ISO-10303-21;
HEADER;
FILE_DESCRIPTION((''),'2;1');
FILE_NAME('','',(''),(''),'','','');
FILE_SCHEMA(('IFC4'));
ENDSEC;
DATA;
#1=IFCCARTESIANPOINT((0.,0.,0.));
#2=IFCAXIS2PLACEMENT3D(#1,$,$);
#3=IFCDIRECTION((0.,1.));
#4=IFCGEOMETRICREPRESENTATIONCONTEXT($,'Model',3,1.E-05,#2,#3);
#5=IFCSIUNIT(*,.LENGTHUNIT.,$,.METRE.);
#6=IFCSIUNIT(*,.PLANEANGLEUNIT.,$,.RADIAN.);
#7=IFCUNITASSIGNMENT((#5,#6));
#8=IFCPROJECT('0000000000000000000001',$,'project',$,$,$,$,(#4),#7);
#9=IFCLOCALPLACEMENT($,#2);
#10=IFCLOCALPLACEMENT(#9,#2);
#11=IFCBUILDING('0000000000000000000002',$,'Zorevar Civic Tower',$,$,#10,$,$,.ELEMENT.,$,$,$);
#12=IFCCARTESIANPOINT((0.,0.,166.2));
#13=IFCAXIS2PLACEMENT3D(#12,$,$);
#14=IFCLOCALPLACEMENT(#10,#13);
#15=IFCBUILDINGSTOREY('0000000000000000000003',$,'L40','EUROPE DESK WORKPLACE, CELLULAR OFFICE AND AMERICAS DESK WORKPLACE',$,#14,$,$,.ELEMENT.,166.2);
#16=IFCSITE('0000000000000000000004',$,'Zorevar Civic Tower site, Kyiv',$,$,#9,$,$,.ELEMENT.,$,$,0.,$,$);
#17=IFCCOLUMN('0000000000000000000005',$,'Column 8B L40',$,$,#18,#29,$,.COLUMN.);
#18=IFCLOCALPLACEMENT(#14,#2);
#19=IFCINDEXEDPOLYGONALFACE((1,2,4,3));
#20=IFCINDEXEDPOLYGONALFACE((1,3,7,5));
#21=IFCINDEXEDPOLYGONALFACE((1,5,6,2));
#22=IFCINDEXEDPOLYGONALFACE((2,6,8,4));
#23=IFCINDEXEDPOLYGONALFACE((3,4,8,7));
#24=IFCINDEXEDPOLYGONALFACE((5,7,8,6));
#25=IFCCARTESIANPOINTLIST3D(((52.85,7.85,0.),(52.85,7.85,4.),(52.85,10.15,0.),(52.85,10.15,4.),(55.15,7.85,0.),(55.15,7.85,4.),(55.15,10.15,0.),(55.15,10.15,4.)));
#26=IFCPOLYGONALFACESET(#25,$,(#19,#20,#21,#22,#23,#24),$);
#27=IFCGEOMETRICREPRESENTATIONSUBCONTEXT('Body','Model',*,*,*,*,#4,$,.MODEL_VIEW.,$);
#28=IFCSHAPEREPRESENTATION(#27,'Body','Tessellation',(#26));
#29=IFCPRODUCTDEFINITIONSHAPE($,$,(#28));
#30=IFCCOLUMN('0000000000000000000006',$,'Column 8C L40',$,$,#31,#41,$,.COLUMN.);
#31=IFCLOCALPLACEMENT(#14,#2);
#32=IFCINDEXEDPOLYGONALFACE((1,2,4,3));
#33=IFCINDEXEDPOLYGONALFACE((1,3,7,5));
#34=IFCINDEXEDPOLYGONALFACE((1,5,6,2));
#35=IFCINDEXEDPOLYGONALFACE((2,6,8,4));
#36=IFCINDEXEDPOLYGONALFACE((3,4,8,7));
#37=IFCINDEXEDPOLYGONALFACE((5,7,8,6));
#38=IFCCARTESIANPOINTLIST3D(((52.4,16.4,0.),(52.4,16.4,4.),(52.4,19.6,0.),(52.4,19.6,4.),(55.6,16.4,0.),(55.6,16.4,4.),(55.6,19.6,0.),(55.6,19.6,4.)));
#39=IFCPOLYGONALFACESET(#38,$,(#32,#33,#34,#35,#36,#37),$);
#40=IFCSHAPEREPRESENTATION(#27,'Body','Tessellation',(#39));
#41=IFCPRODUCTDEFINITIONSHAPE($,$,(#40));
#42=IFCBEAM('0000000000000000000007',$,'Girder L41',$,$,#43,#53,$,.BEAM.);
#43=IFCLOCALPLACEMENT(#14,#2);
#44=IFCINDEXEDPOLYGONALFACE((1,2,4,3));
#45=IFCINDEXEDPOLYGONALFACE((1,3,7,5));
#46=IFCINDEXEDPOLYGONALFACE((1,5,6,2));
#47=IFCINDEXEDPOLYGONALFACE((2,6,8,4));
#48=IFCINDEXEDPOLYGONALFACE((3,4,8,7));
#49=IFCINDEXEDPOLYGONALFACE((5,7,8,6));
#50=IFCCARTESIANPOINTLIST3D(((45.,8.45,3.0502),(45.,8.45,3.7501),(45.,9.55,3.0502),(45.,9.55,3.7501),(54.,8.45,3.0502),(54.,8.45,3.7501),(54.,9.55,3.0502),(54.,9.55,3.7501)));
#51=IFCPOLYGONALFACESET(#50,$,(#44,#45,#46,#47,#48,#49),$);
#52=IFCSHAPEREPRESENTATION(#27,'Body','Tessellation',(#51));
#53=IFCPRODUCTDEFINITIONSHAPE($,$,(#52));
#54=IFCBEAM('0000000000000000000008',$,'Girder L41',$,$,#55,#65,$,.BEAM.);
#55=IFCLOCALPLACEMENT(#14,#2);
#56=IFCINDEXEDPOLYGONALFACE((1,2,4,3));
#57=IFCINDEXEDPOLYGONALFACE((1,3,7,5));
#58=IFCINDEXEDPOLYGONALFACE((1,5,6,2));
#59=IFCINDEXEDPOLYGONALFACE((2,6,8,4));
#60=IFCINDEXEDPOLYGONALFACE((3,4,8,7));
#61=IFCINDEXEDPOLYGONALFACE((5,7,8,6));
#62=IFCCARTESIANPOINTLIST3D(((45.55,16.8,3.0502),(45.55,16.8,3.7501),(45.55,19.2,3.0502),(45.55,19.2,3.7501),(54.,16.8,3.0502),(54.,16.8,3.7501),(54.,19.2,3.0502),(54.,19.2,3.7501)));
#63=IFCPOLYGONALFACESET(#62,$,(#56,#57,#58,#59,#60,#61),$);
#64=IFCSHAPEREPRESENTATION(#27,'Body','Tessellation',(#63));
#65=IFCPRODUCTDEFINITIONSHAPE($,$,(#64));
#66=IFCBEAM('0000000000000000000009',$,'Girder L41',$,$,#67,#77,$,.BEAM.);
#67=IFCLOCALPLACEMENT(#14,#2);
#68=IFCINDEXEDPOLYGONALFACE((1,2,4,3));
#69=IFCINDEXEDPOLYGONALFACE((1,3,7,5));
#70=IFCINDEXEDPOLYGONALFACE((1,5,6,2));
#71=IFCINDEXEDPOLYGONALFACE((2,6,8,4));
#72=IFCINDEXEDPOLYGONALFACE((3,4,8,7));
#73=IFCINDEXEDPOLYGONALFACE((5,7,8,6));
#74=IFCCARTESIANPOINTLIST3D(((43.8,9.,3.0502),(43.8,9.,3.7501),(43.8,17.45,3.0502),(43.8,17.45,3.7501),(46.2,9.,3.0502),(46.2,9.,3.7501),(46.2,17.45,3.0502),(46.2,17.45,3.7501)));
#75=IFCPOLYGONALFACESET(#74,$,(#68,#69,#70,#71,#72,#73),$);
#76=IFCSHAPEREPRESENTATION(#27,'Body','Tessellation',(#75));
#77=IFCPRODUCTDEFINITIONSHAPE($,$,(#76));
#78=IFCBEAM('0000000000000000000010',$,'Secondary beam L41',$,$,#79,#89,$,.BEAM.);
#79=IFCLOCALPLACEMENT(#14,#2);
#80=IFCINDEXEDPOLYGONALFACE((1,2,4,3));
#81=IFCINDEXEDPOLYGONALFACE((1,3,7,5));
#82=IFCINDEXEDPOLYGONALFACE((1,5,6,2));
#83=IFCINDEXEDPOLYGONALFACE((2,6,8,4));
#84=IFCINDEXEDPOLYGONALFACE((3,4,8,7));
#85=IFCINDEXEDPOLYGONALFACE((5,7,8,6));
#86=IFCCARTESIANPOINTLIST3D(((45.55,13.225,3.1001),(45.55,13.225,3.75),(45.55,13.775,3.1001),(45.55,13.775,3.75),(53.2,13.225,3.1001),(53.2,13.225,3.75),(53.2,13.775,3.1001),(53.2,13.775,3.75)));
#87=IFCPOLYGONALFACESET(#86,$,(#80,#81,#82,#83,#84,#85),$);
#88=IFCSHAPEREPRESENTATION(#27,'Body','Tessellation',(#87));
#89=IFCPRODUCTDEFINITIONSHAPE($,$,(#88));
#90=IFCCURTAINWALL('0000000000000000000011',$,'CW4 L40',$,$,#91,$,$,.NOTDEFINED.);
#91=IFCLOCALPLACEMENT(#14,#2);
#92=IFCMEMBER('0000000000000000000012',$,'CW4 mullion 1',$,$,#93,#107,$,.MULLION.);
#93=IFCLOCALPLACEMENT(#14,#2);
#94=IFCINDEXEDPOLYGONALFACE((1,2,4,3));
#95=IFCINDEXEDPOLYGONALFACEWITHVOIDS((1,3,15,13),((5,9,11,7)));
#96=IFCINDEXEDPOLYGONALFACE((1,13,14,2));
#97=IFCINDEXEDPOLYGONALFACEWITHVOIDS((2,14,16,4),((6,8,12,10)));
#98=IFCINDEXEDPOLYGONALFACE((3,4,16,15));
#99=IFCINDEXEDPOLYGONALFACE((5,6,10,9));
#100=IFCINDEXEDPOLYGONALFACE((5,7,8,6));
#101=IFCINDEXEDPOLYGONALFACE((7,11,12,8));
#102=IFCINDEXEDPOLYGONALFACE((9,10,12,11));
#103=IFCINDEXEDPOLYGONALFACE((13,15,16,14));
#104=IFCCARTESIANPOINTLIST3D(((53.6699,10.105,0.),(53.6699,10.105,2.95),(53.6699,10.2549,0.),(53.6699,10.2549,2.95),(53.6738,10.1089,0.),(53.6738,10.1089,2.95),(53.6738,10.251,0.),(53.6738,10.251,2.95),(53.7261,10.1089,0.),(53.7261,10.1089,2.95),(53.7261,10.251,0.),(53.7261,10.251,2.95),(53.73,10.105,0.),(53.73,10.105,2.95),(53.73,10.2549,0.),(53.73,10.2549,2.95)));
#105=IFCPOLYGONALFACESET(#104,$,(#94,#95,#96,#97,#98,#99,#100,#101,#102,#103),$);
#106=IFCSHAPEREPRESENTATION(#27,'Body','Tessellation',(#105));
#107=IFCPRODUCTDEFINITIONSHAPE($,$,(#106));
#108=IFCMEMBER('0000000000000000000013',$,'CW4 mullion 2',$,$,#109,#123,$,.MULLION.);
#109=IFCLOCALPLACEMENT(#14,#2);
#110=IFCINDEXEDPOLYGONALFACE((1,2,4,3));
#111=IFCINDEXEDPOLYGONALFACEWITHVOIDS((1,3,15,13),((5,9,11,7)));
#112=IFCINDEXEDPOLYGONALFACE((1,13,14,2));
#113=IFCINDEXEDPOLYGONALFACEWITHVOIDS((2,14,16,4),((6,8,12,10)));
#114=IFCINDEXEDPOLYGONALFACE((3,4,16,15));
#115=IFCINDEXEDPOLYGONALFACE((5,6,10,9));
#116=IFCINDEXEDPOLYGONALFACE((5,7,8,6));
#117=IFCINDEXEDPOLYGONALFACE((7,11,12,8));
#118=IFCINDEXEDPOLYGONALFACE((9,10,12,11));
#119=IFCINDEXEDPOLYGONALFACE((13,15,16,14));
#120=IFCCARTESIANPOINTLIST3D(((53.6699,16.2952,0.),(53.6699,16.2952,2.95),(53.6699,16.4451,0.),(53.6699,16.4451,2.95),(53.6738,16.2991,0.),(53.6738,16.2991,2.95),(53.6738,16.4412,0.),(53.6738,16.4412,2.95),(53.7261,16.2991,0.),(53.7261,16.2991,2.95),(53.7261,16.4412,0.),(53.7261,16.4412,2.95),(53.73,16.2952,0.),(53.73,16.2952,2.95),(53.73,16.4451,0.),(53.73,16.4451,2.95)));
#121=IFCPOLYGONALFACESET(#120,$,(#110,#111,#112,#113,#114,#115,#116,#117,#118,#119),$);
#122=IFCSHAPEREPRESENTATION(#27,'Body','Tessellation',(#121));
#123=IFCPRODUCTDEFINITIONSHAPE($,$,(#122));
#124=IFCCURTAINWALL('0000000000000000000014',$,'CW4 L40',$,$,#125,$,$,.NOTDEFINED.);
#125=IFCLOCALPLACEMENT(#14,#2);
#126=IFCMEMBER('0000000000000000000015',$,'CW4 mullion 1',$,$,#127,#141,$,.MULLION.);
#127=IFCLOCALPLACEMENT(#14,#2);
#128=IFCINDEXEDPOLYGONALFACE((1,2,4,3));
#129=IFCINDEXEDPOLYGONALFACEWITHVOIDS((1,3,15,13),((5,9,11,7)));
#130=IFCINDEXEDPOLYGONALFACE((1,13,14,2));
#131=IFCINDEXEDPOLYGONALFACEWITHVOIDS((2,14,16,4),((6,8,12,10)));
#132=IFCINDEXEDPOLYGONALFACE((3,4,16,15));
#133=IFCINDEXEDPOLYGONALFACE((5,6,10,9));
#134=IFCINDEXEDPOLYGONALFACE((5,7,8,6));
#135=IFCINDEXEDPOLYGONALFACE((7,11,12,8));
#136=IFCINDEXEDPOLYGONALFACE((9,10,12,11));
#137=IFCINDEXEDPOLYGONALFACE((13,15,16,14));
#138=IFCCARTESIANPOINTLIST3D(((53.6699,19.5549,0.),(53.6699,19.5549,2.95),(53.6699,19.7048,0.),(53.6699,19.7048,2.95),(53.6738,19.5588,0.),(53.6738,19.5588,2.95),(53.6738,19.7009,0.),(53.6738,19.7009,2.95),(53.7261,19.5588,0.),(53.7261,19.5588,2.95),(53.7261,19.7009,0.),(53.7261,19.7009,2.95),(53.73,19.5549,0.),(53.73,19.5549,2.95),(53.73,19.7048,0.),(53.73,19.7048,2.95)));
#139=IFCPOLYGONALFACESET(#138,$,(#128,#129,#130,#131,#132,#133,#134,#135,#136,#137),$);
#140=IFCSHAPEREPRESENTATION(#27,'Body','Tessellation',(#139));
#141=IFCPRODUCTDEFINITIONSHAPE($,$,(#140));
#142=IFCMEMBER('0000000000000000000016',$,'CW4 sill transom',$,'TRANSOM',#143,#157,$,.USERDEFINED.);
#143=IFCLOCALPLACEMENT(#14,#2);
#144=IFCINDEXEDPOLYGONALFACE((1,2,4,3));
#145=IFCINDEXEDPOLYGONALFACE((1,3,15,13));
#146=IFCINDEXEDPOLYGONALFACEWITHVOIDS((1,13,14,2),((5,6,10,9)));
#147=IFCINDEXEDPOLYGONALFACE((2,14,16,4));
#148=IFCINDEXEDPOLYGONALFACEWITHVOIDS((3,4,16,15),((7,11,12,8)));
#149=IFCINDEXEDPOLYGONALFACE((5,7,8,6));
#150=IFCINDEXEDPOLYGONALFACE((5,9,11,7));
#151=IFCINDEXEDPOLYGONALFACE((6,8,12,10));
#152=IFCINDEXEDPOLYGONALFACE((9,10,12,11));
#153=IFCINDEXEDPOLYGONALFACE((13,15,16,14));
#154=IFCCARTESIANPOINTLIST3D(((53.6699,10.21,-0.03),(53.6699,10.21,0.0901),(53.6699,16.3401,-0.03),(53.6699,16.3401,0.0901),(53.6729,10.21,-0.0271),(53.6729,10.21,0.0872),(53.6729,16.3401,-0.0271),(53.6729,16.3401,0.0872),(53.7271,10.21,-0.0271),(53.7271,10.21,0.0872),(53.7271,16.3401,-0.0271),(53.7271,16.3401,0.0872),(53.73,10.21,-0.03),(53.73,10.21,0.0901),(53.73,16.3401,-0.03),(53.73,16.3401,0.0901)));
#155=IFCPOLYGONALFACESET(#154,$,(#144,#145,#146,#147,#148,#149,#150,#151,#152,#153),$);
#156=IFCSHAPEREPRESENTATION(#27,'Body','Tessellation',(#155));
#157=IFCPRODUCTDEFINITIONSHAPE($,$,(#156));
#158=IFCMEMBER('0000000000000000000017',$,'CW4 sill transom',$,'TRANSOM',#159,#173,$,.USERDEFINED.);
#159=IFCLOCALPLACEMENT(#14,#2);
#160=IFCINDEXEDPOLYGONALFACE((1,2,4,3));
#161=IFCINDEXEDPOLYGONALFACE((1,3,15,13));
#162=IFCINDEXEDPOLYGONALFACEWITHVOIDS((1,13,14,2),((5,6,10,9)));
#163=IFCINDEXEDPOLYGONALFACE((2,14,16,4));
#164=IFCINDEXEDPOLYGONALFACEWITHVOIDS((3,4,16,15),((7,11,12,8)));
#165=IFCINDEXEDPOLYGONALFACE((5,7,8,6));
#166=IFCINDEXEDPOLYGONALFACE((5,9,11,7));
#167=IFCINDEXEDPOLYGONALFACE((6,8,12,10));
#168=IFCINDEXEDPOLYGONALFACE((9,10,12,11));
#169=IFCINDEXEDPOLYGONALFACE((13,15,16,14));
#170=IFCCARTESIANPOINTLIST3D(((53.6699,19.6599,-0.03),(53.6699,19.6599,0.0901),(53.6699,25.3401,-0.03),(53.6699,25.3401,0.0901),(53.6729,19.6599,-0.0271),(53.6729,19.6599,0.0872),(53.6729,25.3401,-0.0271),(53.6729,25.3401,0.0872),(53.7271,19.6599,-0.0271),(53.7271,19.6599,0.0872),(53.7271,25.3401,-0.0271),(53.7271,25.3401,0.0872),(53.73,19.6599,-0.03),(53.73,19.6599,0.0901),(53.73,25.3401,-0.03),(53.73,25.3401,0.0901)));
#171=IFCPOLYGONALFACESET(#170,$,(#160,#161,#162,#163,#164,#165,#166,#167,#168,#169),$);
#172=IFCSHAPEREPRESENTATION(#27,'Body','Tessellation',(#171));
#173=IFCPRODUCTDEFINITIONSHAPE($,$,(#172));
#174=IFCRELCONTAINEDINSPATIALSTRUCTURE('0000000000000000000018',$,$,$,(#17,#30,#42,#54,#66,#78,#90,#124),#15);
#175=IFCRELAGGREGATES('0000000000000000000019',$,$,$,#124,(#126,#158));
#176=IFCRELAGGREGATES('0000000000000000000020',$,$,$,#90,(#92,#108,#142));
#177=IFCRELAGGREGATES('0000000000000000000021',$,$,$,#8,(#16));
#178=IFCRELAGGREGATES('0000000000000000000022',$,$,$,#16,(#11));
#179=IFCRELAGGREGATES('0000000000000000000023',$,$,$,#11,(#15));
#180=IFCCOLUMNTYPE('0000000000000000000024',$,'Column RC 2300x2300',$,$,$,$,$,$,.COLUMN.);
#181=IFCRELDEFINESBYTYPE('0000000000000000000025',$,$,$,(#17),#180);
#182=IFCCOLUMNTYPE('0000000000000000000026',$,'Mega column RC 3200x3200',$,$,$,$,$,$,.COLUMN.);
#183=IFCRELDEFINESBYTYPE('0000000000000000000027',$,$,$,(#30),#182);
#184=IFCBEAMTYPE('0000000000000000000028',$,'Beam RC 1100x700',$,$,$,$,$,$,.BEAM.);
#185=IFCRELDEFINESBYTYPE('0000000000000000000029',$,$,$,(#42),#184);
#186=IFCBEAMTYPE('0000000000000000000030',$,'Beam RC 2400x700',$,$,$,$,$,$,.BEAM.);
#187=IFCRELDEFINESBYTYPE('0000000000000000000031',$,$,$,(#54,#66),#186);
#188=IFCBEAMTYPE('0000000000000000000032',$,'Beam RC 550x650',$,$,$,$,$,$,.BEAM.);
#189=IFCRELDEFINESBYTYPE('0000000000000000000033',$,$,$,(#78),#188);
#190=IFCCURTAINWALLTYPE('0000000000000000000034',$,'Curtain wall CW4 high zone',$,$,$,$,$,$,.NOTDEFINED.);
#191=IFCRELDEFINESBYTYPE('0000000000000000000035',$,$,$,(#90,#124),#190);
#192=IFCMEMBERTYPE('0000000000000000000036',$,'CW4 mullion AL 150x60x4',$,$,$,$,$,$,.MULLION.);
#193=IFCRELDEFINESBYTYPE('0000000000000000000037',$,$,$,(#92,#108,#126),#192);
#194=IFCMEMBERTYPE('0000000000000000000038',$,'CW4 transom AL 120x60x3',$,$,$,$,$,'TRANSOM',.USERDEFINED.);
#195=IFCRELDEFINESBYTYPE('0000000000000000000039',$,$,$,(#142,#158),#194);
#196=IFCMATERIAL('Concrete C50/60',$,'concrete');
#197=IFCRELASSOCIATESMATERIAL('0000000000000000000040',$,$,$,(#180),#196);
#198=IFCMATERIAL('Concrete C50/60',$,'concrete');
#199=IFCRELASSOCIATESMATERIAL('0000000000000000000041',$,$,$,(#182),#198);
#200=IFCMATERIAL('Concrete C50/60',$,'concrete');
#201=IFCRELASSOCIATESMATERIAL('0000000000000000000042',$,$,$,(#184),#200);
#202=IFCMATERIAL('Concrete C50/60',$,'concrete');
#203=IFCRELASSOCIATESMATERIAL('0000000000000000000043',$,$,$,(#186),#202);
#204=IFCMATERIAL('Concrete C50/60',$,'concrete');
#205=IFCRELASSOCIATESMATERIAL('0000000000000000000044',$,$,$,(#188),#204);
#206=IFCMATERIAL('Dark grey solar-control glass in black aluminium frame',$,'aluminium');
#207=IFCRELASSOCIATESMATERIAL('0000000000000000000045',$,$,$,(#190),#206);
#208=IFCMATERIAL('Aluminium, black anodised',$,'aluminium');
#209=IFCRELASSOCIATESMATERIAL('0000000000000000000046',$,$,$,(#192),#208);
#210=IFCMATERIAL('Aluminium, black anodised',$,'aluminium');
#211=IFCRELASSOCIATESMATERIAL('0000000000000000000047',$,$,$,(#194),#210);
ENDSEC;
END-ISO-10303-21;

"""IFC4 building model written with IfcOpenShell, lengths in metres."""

from ifc_helpers import new_model, si_unit, direction, frame, origin, origin_2d, place, context, subcontext, project, spatial, rectangle, hollow_rectangle, extrude, material, material_profile, profile_set, type_object, element, aggregate, save


model = new_model("IFC4")

# Units and contexts
model_context = context("Model", 3, precision=1e-05, world=origin(), true_north=direction((0.0, 1.0)))
body_context = subcontext(model_context, "Body", "Model", "MODEL_VIEW")
ifc_project = project(units=[si_unit("LENGTHUNIT", "METRE"), si_unit("PLANEANGLEUNIT", "RADIAN")], contexts=[model_context])

# Site, building, storey
site_placement = place(None, origin())
site = spatial("IfcSite", under=ifc_project, at=site_placement, Name="Zorevar Civic Tower site, Kyiv", CompositionType="ELEMENT", RefElevation=0.0)
building_placement = place(site_placement, origin())
building = spatial("IfcBuilding", under=site, at=building_placement, Name="Zorevar Civic Tower", CompositionType="ELEMENT")
storey_placement = place(building_placement, frame((0.0, 0.0, 166.2)))
storey = spatial("IfcBuildingStorey", under=building, at=storey_placement, Name="L40", Description="EUROPE DESK WORKPLACE, CELLULAR OFFICE AND AMERICAS DESK WORKPLACE", CompositionType="ELEMENT", Elevation=166.2)

# Columns
ifc_material_1 = material(Name="Concrete C50/60", Category="concrete")
ifc_material_profile_1 = material_profile(ifc_material_1, rectangle(XDim=2.3, YDim=2.3, at=origin_2d()), Name="RC 2300x2300")
ifc_profile_set_1 = profile_set([ifc_material_profile_1], Name="Concrete C50/60")
column_type_1 = type_object("IfcColumnType", Name="Column RC 2300x2300", PredefinedType="COLUMN", material=ifc_profile_set_1)
column_1_placement = place(storey_placement, frame((54.0, 9.0, 0.0), z_axis=(0.0, 0.0, 1.0), x_axis=(1.0, 0.0, 0.0)))
element("IfcColumn", 1, at=column_1_placement, inside=storey, type_object=column_type_1, Name="Column 8B L40", PredefinedType="COLUMN", context=body_context, shape_type="SweptSolid", body=[
    extrude(rectangle(XDim=2.3, YDim=2.3, at=origin_2d()), origin(), (0.0, 0.0, 1.0), 4.0),
])
ifc_material_2 = material(Name="Concrete C50/60", Category="concrete")
ifc_material_profile_2 = material_profile(ifc_material_2, rectangle(XDim=3.2, YDim=3.2, at=origin_2d()), Name="RC 3200x3200")
ifc_profile_set_2 = profile_set([ifc_material_profile_2], Name="Concrete C50/60")
column_type_2 = type_object("IfcColumnType", Name="Mega column RC 3200x3200", PredefinedType="COLUMN", material=ifc_profile_set_2)
column_2_placement = place(storey_placement, frame((54.0, 18.0, 0.0), z_axis=(0.0, 0.0, 1.0), x_axis=(1.0, 0.0, 0.0)))
element("IfcColumn", 2, at=column_2_placement, inside=storey, type_object=column_type_2, Name="Column 8C L40", PredefinedType="COLUMN", context=body_context, shape_type="SweptSolid", body=[
    extrude(rectangle(XDim=3.2, YDim=3.2, at=origin_2d()), origin(), (0.0, 0.0, 1.0), 4.0),
])

# Beams
ifc_material_3 = material(Name="Concrete C50/60", Category="concrete")
ifc_material_profile_3 = material_profile(ifc_material_3, rectangle(XDim=1.1001, YDim=0.7, at=origin_2d()), Name="RC 1100x700")
ifc_profile_set_3 = profile_set([ifc_material_profile_3], Name="Concrete C50/60")
beam_type_1 = type_object("IfcBeamType", Name="Beam RC 1100x700", PredefinedType="BEAM", material=ifc_profile_set_3)
beam_1_placement = place(storey_placement, frame((45.0, 9.0, 3.4001), z_axis=(1.0, 0.0, 0.0), x_axis=(0.0, 1.0, 0.0)))
element("IfcBeam", 3, at=beam_1_placement, inside=storey, type_object=beam_type_1, Name="Girder L41", PredefinedType="BEAM", context=body_context, shape_type="SweptSolid", body=[
    extrude(rectangle(XDim=1.1001, YDim=0.7, at=origin_2d()), origin(), (0.0, 0.0, 1.0), 9.0),
])
ifc_material_4 = material(Name="Concrete C50/60", Category="concrete")
ifc_material_profile_4 = material_profile(ifc_material_4, rectangle(XDim=2.3999, YDim=0.7, at=origin_2d()), Name="RC 2400x700")
ifc_profile_set_4 = profile_set([ifc_material_profile_4], Name="Concrete C50/60")
beam_type_2 = type_object("IfcBeamType", Name="Beam RC 2400x700", PredefinedType="BEAM", material=ifc_profile_set_4)
for number, where, z_axis, x_axis, name in (
    (4, (45.55, 18.0, 3.4001), (1.0, 0.0, 0.0), (0.0, 1.0, 0.0), "Girder L41"),
    (5, (45.0, 9.0, 3.4001), (0.0, 1.0, 0.0), (-1.0, 0.0, 0.0), "Girder L41"),
):
    element("IfcBeam", number, at=place(storey_placement, frame(where, z_axis=z_axis, x_axis=x_axis)), inside=storey, type_object=beam_type_2, Name=name, PredefinedType="BEAM", context=body_context, shape_type="SweptSolid", body=[
        extrude(rectangle(XDim=2.3999, YDim=0.7, at=origin_2d()), origin(), (0.0, 0.0, 1.0), 8.45),
    ])
ifc_material_5 = material(Name="Concrete C50/60", Category="concrete")
ifc_material_profile_5 = material_profile(ifc_material_5, rectangle(XDim=0.55, YDim=0.6499, at=origin_2d()), Name="RC 550x650")
ifc_profile_set_5 = profile_set([ifc_material_profile_5], Name="Concrete C50/60")
beam_type_3 = type_object("IfcBeamType", Name="Beam RC 550x650", PredefinedType="BEAM", material=ifc_profile_set_5)
beam_2_placement = place(storey_placement, frame((45.55, 13.5, 3.425), z_axis=(1.0, 0.0, 0.0), x_axis=(0.0, 1.0, 0.0)))
element("IfcBeam", 6, at=beam_2_placement, inside=storey, type_object=beam_type_3, Name="Secondary beam L41", PredefinedType="BEAM", context=body_context, shape_type="SweptSolid", body=[
    extrude(rectangle(XDim=0.55, YDim=0.6499, at=origin_2d()), origin(), (0.0, 0.0, 1.0), 7.6499),
])

# Curtain wall, members
ifc_material_6 = material(Name="Dark grey solar-control glass in black aluminium frame", Category="aluminium")
curtain_wall_type = type_object("IfcCurtainWallType", Name="Curtain wall CW4 high zone", PredefinedType="NOTDEFINED", material=ifc_material_6)
curtain_wall_1_placement = place(storey_placement, origin())
curtain_wall_1 = element("IfcCurtainWall", 7, at=curtain_wall_1_placement, inside=storey, type_object=curtain_wall_type, Name="CW4 L40", PredefinedType="NOTDEFINED")
ifc_material_7 = material(Name="Aluminium, black anodised", Category="aluminium")
ifc_material_profile_6 = material_profile(ifc_material_7, hollow_rectangle(XDim=0.0601, YDim=0.1499, WallThickness=0.0039, at=origin_2d()), Name="AL 150x60x4")
ifc_profile_set_6 = profile_set([ifc_material_profile_6], Name="Aluminium, black anodised")
member_type_1 = type_object("IfcMemberType", Name="CW4 mullion AL 150x60x4", PredefinedType="MULLION", material=ifc_profile_set_6)
member_1_placement = place(storey_placement, frame((53.7, 10.1799, 0.0), z_axis=(0.0, 0.0, 1.0), x_axis=(-1.0, 0.0, 0.0)))
member_1 = element("IfcMember", 8, at=member_1_placement, type_object=member_type_1, Name="CW4 mullion 1", PredefinedType="MULLION", context=body_context, shape_type="SweptSolid", body=[
    extrude(hollow_rectangle(XDim=0.0601, YDim=0.1499, WallThickness=0.0039, at=origin_2d()), origin(), (0.0, 0.0, 1.0), 2.95),
])
member_2_placement = place(storey_placement, frame((53.7, 16.3701, 0.0), z_axis=(0.0, 0.0, 1.0), x_axis=(-1.0, 0.0, 0.0)))
member_2 = element("IfcMember", 9, at=member_2_placement, type_object=member_type_1, Name="CW4 mullion 2", PredefinedType="MULLION", context=body_context, shape_type="SweptSolid", body=[
    extrude(hollow_rectangle(XDim=0.0601, YDim=0.1499, WallThickness=0.0039, at=origin_2d()), origin(), (0.0, 0.0, 1.0), 2.95),
])

# Curtain wall, member
curtain_wall_2_placement = place(storey_placement, origin())
curtain_wall_2 = element("IfcCurtainWall", 10, at=curtain_wall_2_placement, inside=storey, type_object=curtain_wall_type, Name="CW4 L40", PredefinedType="NOTDEFINED")
member_3_placement = place(storey_placement, frame((53.7, 19.6299, 0.0), z_axis=(0.0, 0.0, 1.0), x_axis=(-1.0, 0.0, 0.0)))
member_3 = element("IfcMember", 11, at=member_3_placement, type_object=member_type_1, Name="CW4 mullion 1", PredefinedType="MULLION", context=body_context, shape_type="SweptSolid", body=[
    extrude(hollow_rectangle(XDim=0.0601, YDim=0.1499, WallThickness=0.0039, at=origin_2d()), origin(), (0.0, 0.0, 1.0), 2.95),
])

# Members
ifc_material_8 = material(Name="Aluminium, black anodised", Category="aluminium")
ifc_material_profile_7 = material_profile(ifc_material_8, hollow_rectangle(XDim=0.0601, YDim=0.1201, WallThickness=0.0029, at=origin_2d()), Name="AL 120x60x3")
ifc_profile_set_7 = profile_set([ifc_material_profile_7], Name="Aluminium, black anodised")
member_type_2 = type_object("IfcMemberType", Name="CW4 transom AL 120x60x3", ElementType="TRANSOM", PredefinedType="USERDEFINED", material=ifc_profile_set_7)
member_4_placement = place(storey_placement, frame((53.7, 10.21, 0.03), z_axis=(0.0, 1.0, 0.0), x_axis=(-1.0, 0.0, 0.0)))
member_4 = element("IfcMember", 12, at=member_4_placement, type_object=member_type_2, Name="CW4 sill transom", ObjectType="TRANSOM", PredefinedType="USERDEFINED", context=body_context, shape_type="SweptSolid", body=[
    extrude(hollow_rectangle(XDim=0.0601, YDim=0.1201, WallThickness=0.0029, at=origin_2d()), origin(), (0.0, 0.0, 1.0), 6.1301),
])
member_5_placement = place(storey_placement, frame((53.7, 19.6599, 0.03), z_axis=(0.0, 1.0, 0.0), x_axis=(-1.0, 0.0, 0.0)))
member_5 = element("IfcMember", 13, at=member_5_placement, type_object=member_type_2, Name="CW4 sill transom", ObjectType="TRANSOM", PredefinedType="USERDEFINED", context=body_context, shape_type="SweptSolid", body=[
    extrude(hollow_rectangle(XDim=0.0601, YDim=0.1201, WallThickness=0.0029, at=origin_2d()), origin(), (0.0, 0.0, 1.0), 5.6802),
])
aggregate(curtain_wall_2, [member_3, member_5])

aggregate(curtain_wall_1, [member_1, member_2, member_4])

save(model, "model.ifc")
